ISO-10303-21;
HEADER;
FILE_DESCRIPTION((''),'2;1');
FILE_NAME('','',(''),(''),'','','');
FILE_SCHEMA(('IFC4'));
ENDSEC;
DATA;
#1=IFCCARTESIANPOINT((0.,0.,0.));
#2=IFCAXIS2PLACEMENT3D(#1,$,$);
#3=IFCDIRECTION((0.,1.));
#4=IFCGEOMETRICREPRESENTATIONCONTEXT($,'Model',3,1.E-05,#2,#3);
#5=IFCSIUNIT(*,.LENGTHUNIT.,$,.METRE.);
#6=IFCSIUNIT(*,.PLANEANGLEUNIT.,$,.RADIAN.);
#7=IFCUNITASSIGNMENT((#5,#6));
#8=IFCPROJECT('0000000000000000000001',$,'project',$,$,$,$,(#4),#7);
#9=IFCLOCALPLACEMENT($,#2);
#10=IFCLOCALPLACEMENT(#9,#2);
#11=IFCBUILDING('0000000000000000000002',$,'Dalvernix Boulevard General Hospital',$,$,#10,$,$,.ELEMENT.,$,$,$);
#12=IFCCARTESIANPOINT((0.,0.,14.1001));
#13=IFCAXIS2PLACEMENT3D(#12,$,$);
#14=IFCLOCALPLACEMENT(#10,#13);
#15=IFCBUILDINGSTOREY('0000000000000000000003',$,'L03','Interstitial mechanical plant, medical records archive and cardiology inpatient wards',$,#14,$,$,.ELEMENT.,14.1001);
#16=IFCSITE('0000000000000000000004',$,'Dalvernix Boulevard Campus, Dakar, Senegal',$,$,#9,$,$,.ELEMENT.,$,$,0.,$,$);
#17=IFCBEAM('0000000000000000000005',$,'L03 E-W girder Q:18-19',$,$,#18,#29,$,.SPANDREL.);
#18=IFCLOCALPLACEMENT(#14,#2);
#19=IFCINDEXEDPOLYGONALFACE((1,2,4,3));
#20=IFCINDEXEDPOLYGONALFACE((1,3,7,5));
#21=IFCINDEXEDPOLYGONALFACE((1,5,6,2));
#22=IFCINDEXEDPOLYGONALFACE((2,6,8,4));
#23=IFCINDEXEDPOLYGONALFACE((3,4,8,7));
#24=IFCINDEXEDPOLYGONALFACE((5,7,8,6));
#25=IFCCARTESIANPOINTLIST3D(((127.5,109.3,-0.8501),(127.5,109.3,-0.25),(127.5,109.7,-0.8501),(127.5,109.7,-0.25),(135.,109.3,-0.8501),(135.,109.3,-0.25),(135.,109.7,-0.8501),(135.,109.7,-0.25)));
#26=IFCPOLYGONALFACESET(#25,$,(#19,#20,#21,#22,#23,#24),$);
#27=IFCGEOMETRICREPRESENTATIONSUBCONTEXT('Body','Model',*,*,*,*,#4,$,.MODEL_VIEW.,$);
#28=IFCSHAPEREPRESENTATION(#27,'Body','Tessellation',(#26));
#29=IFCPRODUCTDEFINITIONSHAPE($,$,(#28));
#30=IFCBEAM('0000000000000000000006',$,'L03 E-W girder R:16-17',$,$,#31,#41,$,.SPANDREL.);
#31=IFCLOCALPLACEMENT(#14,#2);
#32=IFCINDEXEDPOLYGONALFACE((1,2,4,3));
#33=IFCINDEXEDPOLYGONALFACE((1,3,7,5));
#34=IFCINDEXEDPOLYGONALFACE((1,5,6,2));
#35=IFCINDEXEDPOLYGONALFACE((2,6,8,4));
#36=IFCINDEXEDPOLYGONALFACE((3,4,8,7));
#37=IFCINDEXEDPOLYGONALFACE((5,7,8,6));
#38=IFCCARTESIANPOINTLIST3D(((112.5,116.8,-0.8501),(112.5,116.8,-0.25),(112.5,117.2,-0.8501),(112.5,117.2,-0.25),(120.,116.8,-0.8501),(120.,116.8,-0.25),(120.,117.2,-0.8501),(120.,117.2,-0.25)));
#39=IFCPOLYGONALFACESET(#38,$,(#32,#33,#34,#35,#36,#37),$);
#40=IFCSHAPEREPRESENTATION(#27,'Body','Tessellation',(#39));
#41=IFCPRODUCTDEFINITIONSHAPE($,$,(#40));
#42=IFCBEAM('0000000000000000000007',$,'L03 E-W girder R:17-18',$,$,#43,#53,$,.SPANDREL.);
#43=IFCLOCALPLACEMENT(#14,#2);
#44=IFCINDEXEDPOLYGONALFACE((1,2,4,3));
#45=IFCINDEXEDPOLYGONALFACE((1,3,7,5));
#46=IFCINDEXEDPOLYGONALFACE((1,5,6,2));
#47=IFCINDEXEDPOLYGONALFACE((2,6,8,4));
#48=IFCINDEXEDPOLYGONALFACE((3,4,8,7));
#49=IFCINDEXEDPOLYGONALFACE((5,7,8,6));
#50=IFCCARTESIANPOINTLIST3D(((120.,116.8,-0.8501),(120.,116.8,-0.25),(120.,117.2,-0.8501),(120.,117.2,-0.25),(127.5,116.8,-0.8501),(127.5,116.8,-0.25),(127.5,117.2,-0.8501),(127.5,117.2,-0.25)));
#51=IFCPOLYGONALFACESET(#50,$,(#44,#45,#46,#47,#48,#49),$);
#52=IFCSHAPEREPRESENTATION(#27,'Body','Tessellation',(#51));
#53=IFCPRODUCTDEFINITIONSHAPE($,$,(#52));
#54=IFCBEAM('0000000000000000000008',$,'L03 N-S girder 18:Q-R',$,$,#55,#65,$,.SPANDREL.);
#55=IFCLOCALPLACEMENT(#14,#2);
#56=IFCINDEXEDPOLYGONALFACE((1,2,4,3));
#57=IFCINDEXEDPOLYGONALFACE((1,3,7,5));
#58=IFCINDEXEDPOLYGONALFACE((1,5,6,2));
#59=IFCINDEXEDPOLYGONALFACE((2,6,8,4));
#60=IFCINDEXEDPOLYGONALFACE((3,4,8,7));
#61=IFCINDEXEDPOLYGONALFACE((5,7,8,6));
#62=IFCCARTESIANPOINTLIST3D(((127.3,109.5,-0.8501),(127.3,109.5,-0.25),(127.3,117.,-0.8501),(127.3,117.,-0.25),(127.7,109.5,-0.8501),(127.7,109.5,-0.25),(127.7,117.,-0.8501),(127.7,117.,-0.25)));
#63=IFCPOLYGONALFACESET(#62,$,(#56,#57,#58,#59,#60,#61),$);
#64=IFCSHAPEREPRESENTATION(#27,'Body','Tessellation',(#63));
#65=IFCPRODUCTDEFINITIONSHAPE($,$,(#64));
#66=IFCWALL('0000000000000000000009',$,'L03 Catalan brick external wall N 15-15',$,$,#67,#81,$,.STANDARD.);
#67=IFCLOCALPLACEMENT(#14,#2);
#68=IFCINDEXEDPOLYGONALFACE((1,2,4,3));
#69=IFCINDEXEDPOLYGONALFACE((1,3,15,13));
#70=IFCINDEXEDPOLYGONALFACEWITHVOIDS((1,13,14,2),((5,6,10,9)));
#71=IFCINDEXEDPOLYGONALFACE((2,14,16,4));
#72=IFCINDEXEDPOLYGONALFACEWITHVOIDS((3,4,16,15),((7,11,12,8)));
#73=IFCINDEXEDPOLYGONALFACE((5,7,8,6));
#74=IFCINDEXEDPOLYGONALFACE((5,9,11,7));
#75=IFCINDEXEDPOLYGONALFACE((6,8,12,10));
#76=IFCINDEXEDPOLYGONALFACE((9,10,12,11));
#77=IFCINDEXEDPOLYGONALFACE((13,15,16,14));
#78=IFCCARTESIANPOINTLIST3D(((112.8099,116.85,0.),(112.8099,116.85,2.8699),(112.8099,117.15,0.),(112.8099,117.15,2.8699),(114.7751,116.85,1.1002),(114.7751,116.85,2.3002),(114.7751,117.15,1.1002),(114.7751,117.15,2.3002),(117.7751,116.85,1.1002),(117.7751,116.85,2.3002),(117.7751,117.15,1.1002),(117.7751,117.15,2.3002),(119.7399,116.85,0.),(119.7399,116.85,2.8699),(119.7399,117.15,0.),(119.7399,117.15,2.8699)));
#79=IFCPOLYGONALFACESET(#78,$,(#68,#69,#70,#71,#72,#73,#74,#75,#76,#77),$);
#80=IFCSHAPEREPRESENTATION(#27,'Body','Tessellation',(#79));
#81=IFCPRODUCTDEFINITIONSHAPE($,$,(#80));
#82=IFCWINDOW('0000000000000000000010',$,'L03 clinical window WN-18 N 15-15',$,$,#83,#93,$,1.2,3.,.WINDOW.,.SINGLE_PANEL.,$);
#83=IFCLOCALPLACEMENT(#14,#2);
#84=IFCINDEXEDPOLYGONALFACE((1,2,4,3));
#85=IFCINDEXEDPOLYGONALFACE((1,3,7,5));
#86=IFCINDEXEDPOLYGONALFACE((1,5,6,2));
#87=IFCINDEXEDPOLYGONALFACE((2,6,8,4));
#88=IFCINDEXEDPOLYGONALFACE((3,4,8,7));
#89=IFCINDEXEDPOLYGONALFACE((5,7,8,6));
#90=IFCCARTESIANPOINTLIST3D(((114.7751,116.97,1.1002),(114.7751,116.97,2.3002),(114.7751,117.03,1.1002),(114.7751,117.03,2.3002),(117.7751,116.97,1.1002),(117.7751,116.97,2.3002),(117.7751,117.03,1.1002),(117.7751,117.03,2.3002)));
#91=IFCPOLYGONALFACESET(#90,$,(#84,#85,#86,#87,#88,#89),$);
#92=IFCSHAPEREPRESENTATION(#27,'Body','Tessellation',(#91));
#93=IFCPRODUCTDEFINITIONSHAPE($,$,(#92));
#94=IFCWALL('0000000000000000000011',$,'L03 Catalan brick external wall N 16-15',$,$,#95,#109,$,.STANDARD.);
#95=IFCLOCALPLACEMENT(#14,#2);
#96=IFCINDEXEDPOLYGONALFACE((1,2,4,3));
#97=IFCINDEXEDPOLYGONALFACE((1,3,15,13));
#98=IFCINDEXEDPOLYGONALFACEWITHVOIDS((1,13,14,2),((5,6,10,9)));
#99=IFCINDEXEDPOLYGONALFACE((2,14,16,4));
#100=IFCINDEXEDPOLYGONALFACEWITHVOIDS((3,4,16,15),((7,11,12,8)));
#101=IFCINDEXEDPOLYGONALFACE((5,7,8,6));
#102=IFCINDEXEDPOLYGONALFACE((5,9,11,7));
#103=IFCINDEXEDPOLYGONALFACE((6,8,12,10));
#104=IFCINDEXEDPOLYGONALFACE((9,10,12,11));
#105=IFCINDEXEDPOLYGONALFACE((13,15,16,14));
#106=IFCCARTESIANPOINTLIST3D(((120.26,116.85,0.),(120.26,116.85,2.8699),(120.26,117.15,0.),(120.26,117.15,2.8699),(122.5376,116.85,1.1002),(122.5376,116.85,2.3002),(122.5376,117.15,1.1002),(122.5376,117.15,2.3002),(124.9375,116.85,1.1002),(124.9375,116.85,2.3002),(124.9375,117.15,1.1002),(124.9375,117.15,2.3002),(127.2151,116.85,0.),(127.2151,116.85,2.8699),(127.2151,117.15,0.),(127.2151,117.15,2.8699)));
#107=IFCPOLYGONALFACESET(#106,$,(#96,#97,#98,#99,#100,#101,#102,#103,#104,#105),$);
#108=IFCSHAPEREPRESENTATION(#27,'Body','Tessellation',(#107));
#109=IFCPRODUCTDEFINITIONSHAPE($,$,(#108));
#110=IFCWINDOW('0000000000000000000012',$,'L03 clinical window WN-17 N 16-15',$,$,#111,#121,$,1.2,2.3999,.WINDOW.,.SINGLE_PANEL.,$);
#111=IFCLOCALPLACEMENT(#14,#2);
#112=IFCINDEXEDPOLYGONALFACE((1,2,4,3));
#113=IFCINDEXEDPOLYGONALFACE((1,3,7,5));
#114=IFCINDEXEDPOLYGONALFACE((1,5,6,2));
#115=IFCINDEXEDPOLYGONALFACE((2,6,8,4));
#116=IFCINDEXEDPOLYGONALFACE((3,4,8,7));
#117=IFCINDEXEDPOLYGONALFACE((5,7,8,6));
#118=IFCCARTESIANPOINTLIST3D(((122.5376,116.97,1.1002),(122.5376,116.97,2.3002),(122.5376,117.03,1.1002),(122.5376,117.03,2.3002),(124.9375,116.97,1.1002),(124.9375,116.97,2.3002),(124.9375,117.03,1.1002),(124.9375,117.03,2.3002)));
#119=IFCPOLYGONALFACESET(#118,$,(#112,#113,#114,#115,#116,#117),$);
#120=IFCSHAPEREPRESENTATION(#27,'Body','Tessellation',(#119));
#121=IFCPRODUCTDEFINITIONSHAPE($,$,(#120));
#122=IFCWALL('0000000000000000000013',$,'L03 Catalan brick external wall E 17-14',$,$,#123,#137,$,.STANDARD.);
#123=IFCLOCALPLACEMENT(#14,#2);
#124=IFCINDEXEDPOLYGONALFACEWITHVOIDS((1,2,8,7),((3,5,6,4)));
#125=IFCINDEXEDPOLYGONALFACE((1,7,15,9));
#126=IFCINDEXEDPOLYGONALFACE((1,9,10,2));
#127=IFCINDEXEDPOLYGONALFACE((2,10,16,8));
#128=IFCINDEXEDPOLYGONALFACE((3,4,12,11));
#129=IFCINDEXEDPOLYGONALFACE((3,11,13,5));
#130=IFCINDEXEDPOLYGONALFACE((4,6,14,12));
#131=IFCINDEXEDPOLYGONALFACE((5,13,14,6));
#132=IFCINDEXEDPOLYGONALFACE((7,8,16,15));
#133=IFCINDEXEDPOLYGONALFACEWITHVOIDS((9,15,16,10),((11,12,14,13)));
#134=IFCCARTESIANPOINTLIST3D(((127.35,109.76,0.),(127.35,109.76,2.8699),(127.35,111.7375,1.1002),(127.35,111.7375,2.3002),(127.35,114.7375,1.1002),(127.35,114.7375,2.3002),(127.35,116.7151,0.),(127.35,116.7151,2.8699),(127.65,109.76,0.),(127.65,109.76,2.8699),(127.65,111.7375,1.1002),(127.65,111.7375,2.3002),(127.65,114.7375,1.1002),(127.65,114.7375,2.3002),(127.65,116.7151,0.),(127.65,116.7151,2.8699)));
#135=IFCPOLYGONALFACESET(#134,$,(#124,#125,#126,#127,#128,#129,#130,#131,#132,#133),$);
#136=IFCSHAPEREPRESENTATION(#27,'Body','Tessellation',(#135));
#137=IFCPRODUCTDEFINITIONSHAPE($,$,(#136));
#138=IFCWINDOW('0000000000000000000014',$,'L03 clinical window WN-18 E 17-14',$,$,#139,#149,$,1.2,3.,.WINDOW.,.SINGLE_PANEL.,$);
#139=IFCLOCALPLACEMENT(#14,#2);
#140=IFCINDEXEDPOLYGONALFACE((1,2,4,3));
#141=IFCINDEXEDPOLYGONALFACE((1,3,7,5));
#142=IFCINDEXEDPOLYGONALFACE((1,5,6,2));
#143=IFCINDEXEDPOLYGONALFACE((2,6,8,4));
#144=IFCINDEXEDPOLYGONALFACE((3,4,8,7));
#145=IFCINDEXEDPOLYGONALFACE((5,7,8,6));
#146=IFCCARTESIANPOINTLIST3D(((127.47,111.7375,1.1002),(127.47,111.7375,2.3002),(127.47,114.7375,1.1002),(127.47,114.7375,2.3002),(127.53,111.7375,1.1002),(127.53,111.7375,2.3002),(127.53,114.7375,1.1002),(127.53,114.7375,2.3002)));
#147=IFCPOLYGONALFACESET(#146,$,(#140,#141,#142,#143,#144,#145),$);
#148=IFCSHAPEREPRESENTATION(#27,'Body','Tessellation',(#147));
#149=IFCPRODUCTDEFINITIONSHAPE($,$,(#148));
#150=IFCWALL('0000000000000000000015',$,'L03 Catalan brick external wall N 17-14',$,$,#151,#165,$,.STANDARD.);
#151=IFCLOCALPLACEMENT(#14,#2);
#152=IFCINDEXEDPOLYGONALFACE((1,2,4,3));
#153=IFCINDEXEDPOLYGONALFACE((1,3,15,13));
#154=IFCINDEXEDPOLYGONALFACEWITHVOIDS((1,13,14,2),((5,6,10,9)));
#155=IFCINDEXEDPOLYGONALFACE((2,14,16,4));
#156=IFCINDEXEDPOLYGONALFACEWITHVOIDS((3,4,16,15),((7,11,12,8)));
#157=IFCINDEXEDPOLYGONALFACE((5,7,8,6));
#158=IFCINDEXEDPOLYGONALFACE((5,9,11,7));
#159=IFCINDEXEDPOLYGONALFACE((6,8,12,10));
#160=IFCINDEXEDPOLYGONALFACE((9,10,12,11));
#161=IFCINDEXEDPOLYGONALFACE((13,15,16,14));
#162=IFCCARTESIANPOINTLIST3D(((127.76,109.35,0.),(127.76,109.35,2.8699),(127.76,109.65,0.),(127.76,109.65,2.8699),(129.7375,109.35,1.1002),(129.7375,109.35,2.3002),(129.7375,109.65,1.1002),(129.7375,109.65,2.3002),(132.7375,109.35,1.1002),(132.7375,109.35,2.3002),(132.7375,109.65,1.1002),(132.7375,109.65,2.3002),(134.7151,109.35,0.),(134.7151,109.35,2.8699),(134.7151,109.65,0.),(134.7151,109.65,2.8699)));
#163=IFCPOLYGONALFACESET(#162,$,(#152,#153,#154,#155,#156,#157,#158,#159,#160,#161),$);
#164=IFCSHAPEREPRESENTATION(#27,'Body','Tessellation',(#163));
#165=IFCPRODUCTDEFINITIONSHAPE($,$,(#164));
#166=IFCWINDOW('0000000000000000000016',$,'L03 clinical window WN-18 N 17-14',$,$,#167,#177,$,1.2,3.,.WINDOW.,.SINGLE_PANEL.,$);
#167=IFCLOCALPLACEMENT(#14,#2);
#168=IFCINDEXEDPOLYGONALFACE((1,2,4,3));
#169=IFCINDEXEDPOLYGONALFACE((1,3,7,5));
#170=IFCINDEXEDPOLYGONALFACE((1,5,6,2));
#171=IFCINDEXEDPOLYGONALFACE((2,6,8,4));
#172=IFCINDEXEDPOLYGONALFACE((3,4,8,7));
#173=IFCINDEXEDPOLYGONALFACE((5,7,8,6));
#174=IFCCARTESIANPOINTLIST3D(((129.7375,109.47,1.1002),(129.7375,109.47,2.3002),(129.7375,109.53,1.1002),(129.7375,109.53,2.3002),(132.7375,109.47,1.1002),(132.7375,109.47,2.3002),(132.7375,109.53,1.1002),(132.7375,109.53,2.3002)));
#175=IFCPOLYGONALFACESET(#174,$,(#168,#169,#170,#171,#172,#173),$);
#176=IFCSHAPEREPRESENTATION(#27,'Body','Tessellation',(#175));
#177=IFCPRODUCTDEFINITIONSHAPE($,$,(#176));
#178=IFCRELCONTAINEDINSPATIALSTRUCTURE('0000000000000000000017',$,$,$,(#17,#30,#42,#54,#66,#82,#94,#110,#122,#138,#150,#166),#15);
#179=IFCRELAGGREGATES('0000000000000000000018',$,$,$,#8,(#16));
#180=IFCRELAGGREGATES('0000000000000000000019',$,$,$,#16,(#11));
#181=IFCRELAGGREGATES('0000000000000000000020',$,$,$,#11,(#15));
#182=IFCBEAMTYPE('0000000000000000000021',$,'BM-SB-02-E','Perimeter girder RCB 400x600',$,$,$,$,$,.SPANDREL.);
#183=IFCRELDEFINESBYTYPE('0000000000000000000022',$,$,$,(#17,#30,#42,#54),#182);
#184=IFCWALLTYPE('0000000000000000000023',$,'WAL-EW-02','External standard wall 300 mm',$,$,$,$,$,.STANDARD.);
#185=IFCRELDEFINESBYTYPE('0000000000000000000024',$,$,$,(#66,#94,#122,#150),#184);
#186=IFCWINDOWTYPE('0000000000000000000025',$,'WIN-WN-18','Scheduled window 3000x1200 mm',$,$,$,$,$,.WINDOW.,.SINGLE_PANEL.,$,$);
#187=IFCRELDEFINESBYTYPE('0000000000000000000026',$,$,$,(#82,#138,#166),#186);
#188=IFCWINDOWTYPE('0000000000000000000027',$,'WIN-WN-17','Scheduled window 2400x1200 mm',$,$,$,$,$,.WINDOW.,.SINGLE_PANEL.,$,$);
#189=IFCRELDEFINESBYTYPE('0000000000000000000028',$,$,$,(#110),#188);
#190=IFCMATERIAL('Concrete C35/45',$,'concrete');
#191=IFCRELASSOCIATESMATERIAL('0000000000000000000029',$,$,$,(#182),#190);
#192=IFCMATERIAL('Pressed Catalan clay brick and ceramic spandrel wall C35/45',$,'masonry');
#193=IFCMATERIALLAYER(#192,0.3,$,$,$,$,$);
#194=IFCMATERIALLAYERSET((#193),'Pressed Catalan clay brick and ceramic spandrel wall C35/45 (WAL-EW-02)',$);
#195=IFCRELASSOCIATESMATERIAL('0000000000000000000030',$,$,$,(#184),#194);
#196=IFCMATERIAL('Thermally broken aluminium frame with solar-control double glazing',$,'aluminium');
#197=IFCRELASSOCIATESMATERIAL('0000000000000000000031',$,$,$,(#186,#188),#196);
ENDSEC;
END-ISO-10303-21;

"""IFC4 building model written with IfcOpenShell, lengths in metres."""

from ifc_helpers import new_model, si_unit, direction, frame, frame_2d, origin, origin_2d, place, context, subcontext, project, spatial, rectangle, extrude, material, layer, layer_set, material_profile, profile_set, type_object, element, fill, save


model = new_model("IFC4")

# Units and contexts
model_context = context("Model", 3, precision=1e-05, world=origin(), true_north=direction((0.0, 1.0)))
body_context = subcontext(model_context, "Body", "Model", "MODEL_VIEW")
ifc_project = project(units=[si_unit("LENGTHUNIT", "METRE"), si_unit("PLANEANGLEUNIT", "RADIAN")], contexts=[model_context])

# Site, building, storey
site_placement = place(None, origin())
site = spatial("IfcSite", under=ifc_project, at=site_placement, Name="Dalvernix Boulevard Campus, Dakar, Senegal", CompositionType="ELEMENT", RefElevation=0.0)
building_placement = place(site_placement, origin())
building = spatial("IfcBuilding", under=site, at=building_placement, Name="Dalvernix Boulevard General Hospital", CompositionType="ELEMENT")
storey_placement = place(building_placement, frame((0.0, 0.0, 14.1001)))
storey = spatial("IfcBuildingStorey", under=building, at=storey_placement, Name="L03", Description="Interstitial mechanical plant, medical records archive and cardiology inpatient wards", CompositionType="ELEMENT", Elevation=14.1001)

# Beams
ifc_material_1 = material(Name="Concrete C35/45", Category="concrete")
ifc_material_profile_1 = material_profile(ifc_material_1, rectangle(XDim=0.3999, YDim=0.6001, at=origin_2d()), Name="RCB 400x600")
ifc_profile_set_1 = profile_set([ifc_material_profile_1], Name="Concrete C35/45")
beam_type_1 = type_object("IfcBeamType", Name="BM-SB-02-E", Description="Perimeter girder RCB 400x600", PredefinedType="SPANDREL", material=ifc_profile_set_1)
for number, where, z_axis, x_axis, name in (
    (1, (127.5, 109.5, -0.55), (1.0, 0.0, 0.0), (0.0, 1.0, 0.0), "L03 E-W girder Q:18-19"),
    (2, (112.5, 117.0, -0.55), (1.0, 0.0, 0.0), (0.0, 1.0, 0.0), "L03 E-W girder R:16-17"),
    (3, (120.0, 117.0, -0.55), (1.0, 0.0, 0.0), (0.0, 1.0, 0.0), "L03 E-W girder R:17-18"),
    (4, (127.5, 109.5, -0.55), (0.0, 1.0, 0.0), (-1.0, 0.0, 0.0), "L03 N-S girder 18:Q-R"),
):
    element("IfcBeam", number, at=place(storey_placement, frame(where, z_axis=z_axis, x_axis=x_axis)), inside=storey, type_object=beam_type_1, Name=name, PredefinedType="SPANDREL", context=body_context, shape_type="SweptSolid", body=[
        extrude(rectangle(XDim=0.3999, YDim=0.6001, at=origin_2d()), origin(), (0.0, 0.0, 1.0), 7.5),
    ])

# Walls, openings, windows
ifc_material_2 = material(Name="Pressed Catalan clay brick and ceramic spandrel wall C35/45", Category="masonry")
ifc_layer_1 = layer(ifc_material_2, 0.3)
ifc_layer_set_1 = layer_set([ifc_layer_1], Name="Pressed Catalan clay brick and ceramic spandrel wall C35/45 (WAL-EW-02)")
wall_type_1 = type_object("IfcWallType", Name="WAL-EW-02", Description="External standard wall 300 mm", PredefinedType="STANDARD", material=ifc_layer_set_1)
wall_1_placement = place(storey_placement, frame((112.8101, 117.0, 0.0), z_axis=(0.0, 0.0, 1.0), x_axis=(1.0, 0.0, 0.0)))
wall_1 = element("IfcWall", 5, at=wall_1_placement, inside=storey, type_object=wall_type_1, Name="L03 Catalan brick external wall N 15-15", PredefinedType="STANDARD", context=body_context, shape_type="SweptSolid", body=[
    extrude(rectangle(XDim=6.9299, YDim=0.3, at=frame_2d((3.4648, 0.0))), origin(), (0.0, 0.0, 1.0), 2.8699),
])
opening_1_placement = place(wall_1_placement, frame((1.9651, 0.0, 1.1001)))
opening_1 = element("IfcOpeningElement", 6, at=opening_1_placement, cuts=wall_1, PredefinedType="OPENING", context=body_context, shape_type="SweptSolid", body=[
    extrude(rectangle(XDim=3.0, YDim=1.2, at=frame_2d((1.5, 0.6001))), frame((0.0, 0.1599, 0.0), z_axis=(0.0, -1.0, 0.0), x_axis=(1.0, 0.0, 0.0)), (0.0, 0.0, 1.0), 0.3201),
])
ifc_material_3 = material(Name="Thermally broken aluminium frame with solar-control double glazing", Category="aluminium")
window_type_1 = type_object("IfcWindowType", Name="WIN-WN-18", Description="Scheduled window 3000x1200 mm", PartitioningType="SINGLE_PANEL", PredefinedType="WINDOW", material=ifc_material_3)
window_1_placement = place(opening_1_placement, origin())
window_1 = element("IfcWindow", 7, at=window_1_placement, inside=storey, type_object=window_type_1, Name="L03 clinical window WN-18 N 15-15", OverallHeight=1.2, OverallWidth=3.0, PartitioningType="SINGLE_PANEL", PredefinedType="WINDOW", context=body_context, shape_type="SweptSolid", body=[
    extrude(rectangle(XDim=3.0, YDim=1.2, at=frame_2d((1.5, 0.6001))), frame((0.0, 0.03, 0.0), z_axis=(0.0, -1.0, 0.0), x_axis=(1.0, 0.0, 0.0)), (0.0, 0.0, 1.0), 0.0601),
])
fill(opening_1, window_1)
wall_2_placement = place(storey_placement, frame((120.26, 117.0, 0.0), z_axis=(0.0, 0.0, 1.0), x_axis=(1.0, 0.0, 0.0)))
wall_2 = element("IfcWall", 8, at=wall_2_placement, inside=storey, type_object=wall_type_1, Name="L03 Catalan brick external wall N 16-15", PredefinedType="STANDARD", context=body_context, shape_type="SweptSolid", body=[
    extrude(rectangle(XDim=6.9551, YDim=0.3, at=frame_2d((3.4775, 0.0))), origin(), (0.0, 0.0, 1.0), 2.8699),
])
opening_2_placement = place(wall_2_placement, frame((2.2776, 0.0, 1.1001)))
opening_2 = element("IfcOpeningElement", 9, at=opening_2_placement, cuts=wall_2, PredefinedType="OPENING", context=body_context, shape_type="SweptSolid", body=[
    extrude(rectangle(XDim=2.3999, YDim=1.2, at=frame_2d((1.2, 0.6001))), frame((0.0, 0.1599, 0.0), z_axis=(0.0, -1.0, 0.0), x_axis=(1.0, 0.0, 0.0)), (0.0, 0.0, 1.0), 0.3201),
])
window_type_2 = type_object("IfcWindowType", Name="WIN-WN-17", Description="Scheduled window 2400x1200 mm", PartitioningType="SINGLE_PANEL", PredefinedType="WINDOW", material=ifc_material_3)
window_2_placement = place(opening_2_placement, origin())
window_2 = element("IfcWindow", 10, at=window_2_placement, inside=storey, type_object=window_type_2, Name="L03 clinical window WN-17 N 16-15", OverallHeight=1.2, OverallWidth=2.3999, PartitioningType="SINGLE_PANEL", PredefinedType="WINDOW", context=body_context, shape_type="SweptSolid", body=[
    extrude(rectangle(XDim=2.3999, YDim=1.2, at=frame_2d((1.2, 0.6001))), frame((0.0, 0.03, 0.0), z_axis=(0.0, -1.0, 0.0), x_axis=(1.0, 0.0, 0.0)), (0.0, 0.0, 1.0), 0.0601),
])
fill(opening_2, window_2)
wall_3_placement = place(storey_placement, frame((127.5, 116.7151, 0.0), z_axis=(0.0, 0.0, 1.0), x_axis=(0.0, -1.0, 0.0)))
wall_3 = element("IfcWall", 11, at=wall_3_placement, inside=storey, type_object=wall_type_1, Name="L03 Catalan brick external wall E 17-14", PredefinedType="STANDARD", context=body_context, shape_type="SweptSolid", body=[
    extrude(rectangle(XDim=6.9551, YDim=0.3, at=frame_2d((3.4775, 0.0))), origin(), (0.0, 0.0, 1.0), 2.8699),
])
opening_3_placement = place(wall_3_placement, frame((1.9775, 0.0, 1.1001)))
opening_3 = element("IfcOpeningElement", 12, at=opening_3_placement, cuts=wall_3, PredefinedType="OPENING", context=body_context, shape_type="SweptSolid", body=[
    extrude(rectangle(XDim=3.0, YDim=1.2, at=frame_2d((1.5, 0.6001))), frame((0.0, 0.1599, 0.0), z_axis=(0.0, -1.0, 0.0), x_axis=(1.0, 0.0, 0.0)), (0.0, 0.0, 1.0), 0.3201),
])
window_3_placement = place(opening_3_placement, origin())
window_3 = element("IfcWindow", 13, at=window_3_placement, inside=storey, type_object=window_type_1, Name="L03 clinical window WN-18 E 17-14", OverallHeight=1.2, OverallWidth=3.0, PartitioningType="SINGLE_PANEL", PredefinedType="WINDOW", context=body_context, shape_type="SweptSolid", body=[
    extrude(rectangle(XDim=3.0, YDim=1.2, at=frame_2d((1.5, 0.6001))), frame((0.0, 0.03, 0.0), z_axis=(0.0, -1.0, 0.0), x_axis=(1.0, 0.0, 0.0)), (0.0, 0.0, 1.0), 0.0601),
])
fill(opening_3, window_3)
wall_4_placement = place(storey_placement, frame((127.76, 109.5, 0.0), z_axis=(0.0, 0.0, 1.0), x_axis=(1.0, 0.0, 0.0)))
wall_4 = element("IfcWall", 14, at=wall_4_placement, inside=storey, type_object=wall_type_1, Name="L03 Catalan brick external wall N 17-14", PredefinedType="STANDARD", context=body_context, shape_type="SweptSolid", body=[
    extrude(rectangle(XDim=6.9551, YDim=0.3, at=frame_2d((3.4775, 0.0))), origin(), (0.0, 0.0, 1.0), 2.8699),
])
opening_4_placement = place(wall_4_placement, frame((1.9775, 0.0, 1.1001)))
opening_4 = element("IfcOpeningElement", 15, at=opening_4_placement, cuts=wall_4, PredefinedType="OPENING", context=body_context, shape_type="SweptSolid", body=[
    extrude(rectangle(XDim=3.0, YDim=1.2, at=frame_2d((1.5, 0.6001))), frame((0.0, 0.1599, 0.0), z_axis=(0.0, -1.0, 0.0), x_axis=(1.0, 0.0, 0.0)), (0.0, 0.0, 1.0), 0.3201),
])
window_4_placement = place(opening_4_placement, origin())
window_4 = element("IfcWindow", 16, at=window_4_placement, inside=storey, type_object=window_type_1, Name="L03 clinical window WN-18 N 17-14", OverallHeight=1.2, OverallWidth=3.0, PartitioningType="SINGLE_PANEL", PredefinedType="WINDOW", context=body_context, shape_type="SweptSolid", body=[
    extrude(rectangle(XDim=3.0, YDim=1.2, at=frame_2d((1.5, 0.6001))), frame((0.0, 0.03, 0.0), z_axis=(0.0, -1.0, 0.0), x_axis=(1.0, 0.0, 0.0)), (0.0, 0.0, 1.0), 0.0601),
])
fill(opening_4, window_4)

save(model, "model.ifc")
